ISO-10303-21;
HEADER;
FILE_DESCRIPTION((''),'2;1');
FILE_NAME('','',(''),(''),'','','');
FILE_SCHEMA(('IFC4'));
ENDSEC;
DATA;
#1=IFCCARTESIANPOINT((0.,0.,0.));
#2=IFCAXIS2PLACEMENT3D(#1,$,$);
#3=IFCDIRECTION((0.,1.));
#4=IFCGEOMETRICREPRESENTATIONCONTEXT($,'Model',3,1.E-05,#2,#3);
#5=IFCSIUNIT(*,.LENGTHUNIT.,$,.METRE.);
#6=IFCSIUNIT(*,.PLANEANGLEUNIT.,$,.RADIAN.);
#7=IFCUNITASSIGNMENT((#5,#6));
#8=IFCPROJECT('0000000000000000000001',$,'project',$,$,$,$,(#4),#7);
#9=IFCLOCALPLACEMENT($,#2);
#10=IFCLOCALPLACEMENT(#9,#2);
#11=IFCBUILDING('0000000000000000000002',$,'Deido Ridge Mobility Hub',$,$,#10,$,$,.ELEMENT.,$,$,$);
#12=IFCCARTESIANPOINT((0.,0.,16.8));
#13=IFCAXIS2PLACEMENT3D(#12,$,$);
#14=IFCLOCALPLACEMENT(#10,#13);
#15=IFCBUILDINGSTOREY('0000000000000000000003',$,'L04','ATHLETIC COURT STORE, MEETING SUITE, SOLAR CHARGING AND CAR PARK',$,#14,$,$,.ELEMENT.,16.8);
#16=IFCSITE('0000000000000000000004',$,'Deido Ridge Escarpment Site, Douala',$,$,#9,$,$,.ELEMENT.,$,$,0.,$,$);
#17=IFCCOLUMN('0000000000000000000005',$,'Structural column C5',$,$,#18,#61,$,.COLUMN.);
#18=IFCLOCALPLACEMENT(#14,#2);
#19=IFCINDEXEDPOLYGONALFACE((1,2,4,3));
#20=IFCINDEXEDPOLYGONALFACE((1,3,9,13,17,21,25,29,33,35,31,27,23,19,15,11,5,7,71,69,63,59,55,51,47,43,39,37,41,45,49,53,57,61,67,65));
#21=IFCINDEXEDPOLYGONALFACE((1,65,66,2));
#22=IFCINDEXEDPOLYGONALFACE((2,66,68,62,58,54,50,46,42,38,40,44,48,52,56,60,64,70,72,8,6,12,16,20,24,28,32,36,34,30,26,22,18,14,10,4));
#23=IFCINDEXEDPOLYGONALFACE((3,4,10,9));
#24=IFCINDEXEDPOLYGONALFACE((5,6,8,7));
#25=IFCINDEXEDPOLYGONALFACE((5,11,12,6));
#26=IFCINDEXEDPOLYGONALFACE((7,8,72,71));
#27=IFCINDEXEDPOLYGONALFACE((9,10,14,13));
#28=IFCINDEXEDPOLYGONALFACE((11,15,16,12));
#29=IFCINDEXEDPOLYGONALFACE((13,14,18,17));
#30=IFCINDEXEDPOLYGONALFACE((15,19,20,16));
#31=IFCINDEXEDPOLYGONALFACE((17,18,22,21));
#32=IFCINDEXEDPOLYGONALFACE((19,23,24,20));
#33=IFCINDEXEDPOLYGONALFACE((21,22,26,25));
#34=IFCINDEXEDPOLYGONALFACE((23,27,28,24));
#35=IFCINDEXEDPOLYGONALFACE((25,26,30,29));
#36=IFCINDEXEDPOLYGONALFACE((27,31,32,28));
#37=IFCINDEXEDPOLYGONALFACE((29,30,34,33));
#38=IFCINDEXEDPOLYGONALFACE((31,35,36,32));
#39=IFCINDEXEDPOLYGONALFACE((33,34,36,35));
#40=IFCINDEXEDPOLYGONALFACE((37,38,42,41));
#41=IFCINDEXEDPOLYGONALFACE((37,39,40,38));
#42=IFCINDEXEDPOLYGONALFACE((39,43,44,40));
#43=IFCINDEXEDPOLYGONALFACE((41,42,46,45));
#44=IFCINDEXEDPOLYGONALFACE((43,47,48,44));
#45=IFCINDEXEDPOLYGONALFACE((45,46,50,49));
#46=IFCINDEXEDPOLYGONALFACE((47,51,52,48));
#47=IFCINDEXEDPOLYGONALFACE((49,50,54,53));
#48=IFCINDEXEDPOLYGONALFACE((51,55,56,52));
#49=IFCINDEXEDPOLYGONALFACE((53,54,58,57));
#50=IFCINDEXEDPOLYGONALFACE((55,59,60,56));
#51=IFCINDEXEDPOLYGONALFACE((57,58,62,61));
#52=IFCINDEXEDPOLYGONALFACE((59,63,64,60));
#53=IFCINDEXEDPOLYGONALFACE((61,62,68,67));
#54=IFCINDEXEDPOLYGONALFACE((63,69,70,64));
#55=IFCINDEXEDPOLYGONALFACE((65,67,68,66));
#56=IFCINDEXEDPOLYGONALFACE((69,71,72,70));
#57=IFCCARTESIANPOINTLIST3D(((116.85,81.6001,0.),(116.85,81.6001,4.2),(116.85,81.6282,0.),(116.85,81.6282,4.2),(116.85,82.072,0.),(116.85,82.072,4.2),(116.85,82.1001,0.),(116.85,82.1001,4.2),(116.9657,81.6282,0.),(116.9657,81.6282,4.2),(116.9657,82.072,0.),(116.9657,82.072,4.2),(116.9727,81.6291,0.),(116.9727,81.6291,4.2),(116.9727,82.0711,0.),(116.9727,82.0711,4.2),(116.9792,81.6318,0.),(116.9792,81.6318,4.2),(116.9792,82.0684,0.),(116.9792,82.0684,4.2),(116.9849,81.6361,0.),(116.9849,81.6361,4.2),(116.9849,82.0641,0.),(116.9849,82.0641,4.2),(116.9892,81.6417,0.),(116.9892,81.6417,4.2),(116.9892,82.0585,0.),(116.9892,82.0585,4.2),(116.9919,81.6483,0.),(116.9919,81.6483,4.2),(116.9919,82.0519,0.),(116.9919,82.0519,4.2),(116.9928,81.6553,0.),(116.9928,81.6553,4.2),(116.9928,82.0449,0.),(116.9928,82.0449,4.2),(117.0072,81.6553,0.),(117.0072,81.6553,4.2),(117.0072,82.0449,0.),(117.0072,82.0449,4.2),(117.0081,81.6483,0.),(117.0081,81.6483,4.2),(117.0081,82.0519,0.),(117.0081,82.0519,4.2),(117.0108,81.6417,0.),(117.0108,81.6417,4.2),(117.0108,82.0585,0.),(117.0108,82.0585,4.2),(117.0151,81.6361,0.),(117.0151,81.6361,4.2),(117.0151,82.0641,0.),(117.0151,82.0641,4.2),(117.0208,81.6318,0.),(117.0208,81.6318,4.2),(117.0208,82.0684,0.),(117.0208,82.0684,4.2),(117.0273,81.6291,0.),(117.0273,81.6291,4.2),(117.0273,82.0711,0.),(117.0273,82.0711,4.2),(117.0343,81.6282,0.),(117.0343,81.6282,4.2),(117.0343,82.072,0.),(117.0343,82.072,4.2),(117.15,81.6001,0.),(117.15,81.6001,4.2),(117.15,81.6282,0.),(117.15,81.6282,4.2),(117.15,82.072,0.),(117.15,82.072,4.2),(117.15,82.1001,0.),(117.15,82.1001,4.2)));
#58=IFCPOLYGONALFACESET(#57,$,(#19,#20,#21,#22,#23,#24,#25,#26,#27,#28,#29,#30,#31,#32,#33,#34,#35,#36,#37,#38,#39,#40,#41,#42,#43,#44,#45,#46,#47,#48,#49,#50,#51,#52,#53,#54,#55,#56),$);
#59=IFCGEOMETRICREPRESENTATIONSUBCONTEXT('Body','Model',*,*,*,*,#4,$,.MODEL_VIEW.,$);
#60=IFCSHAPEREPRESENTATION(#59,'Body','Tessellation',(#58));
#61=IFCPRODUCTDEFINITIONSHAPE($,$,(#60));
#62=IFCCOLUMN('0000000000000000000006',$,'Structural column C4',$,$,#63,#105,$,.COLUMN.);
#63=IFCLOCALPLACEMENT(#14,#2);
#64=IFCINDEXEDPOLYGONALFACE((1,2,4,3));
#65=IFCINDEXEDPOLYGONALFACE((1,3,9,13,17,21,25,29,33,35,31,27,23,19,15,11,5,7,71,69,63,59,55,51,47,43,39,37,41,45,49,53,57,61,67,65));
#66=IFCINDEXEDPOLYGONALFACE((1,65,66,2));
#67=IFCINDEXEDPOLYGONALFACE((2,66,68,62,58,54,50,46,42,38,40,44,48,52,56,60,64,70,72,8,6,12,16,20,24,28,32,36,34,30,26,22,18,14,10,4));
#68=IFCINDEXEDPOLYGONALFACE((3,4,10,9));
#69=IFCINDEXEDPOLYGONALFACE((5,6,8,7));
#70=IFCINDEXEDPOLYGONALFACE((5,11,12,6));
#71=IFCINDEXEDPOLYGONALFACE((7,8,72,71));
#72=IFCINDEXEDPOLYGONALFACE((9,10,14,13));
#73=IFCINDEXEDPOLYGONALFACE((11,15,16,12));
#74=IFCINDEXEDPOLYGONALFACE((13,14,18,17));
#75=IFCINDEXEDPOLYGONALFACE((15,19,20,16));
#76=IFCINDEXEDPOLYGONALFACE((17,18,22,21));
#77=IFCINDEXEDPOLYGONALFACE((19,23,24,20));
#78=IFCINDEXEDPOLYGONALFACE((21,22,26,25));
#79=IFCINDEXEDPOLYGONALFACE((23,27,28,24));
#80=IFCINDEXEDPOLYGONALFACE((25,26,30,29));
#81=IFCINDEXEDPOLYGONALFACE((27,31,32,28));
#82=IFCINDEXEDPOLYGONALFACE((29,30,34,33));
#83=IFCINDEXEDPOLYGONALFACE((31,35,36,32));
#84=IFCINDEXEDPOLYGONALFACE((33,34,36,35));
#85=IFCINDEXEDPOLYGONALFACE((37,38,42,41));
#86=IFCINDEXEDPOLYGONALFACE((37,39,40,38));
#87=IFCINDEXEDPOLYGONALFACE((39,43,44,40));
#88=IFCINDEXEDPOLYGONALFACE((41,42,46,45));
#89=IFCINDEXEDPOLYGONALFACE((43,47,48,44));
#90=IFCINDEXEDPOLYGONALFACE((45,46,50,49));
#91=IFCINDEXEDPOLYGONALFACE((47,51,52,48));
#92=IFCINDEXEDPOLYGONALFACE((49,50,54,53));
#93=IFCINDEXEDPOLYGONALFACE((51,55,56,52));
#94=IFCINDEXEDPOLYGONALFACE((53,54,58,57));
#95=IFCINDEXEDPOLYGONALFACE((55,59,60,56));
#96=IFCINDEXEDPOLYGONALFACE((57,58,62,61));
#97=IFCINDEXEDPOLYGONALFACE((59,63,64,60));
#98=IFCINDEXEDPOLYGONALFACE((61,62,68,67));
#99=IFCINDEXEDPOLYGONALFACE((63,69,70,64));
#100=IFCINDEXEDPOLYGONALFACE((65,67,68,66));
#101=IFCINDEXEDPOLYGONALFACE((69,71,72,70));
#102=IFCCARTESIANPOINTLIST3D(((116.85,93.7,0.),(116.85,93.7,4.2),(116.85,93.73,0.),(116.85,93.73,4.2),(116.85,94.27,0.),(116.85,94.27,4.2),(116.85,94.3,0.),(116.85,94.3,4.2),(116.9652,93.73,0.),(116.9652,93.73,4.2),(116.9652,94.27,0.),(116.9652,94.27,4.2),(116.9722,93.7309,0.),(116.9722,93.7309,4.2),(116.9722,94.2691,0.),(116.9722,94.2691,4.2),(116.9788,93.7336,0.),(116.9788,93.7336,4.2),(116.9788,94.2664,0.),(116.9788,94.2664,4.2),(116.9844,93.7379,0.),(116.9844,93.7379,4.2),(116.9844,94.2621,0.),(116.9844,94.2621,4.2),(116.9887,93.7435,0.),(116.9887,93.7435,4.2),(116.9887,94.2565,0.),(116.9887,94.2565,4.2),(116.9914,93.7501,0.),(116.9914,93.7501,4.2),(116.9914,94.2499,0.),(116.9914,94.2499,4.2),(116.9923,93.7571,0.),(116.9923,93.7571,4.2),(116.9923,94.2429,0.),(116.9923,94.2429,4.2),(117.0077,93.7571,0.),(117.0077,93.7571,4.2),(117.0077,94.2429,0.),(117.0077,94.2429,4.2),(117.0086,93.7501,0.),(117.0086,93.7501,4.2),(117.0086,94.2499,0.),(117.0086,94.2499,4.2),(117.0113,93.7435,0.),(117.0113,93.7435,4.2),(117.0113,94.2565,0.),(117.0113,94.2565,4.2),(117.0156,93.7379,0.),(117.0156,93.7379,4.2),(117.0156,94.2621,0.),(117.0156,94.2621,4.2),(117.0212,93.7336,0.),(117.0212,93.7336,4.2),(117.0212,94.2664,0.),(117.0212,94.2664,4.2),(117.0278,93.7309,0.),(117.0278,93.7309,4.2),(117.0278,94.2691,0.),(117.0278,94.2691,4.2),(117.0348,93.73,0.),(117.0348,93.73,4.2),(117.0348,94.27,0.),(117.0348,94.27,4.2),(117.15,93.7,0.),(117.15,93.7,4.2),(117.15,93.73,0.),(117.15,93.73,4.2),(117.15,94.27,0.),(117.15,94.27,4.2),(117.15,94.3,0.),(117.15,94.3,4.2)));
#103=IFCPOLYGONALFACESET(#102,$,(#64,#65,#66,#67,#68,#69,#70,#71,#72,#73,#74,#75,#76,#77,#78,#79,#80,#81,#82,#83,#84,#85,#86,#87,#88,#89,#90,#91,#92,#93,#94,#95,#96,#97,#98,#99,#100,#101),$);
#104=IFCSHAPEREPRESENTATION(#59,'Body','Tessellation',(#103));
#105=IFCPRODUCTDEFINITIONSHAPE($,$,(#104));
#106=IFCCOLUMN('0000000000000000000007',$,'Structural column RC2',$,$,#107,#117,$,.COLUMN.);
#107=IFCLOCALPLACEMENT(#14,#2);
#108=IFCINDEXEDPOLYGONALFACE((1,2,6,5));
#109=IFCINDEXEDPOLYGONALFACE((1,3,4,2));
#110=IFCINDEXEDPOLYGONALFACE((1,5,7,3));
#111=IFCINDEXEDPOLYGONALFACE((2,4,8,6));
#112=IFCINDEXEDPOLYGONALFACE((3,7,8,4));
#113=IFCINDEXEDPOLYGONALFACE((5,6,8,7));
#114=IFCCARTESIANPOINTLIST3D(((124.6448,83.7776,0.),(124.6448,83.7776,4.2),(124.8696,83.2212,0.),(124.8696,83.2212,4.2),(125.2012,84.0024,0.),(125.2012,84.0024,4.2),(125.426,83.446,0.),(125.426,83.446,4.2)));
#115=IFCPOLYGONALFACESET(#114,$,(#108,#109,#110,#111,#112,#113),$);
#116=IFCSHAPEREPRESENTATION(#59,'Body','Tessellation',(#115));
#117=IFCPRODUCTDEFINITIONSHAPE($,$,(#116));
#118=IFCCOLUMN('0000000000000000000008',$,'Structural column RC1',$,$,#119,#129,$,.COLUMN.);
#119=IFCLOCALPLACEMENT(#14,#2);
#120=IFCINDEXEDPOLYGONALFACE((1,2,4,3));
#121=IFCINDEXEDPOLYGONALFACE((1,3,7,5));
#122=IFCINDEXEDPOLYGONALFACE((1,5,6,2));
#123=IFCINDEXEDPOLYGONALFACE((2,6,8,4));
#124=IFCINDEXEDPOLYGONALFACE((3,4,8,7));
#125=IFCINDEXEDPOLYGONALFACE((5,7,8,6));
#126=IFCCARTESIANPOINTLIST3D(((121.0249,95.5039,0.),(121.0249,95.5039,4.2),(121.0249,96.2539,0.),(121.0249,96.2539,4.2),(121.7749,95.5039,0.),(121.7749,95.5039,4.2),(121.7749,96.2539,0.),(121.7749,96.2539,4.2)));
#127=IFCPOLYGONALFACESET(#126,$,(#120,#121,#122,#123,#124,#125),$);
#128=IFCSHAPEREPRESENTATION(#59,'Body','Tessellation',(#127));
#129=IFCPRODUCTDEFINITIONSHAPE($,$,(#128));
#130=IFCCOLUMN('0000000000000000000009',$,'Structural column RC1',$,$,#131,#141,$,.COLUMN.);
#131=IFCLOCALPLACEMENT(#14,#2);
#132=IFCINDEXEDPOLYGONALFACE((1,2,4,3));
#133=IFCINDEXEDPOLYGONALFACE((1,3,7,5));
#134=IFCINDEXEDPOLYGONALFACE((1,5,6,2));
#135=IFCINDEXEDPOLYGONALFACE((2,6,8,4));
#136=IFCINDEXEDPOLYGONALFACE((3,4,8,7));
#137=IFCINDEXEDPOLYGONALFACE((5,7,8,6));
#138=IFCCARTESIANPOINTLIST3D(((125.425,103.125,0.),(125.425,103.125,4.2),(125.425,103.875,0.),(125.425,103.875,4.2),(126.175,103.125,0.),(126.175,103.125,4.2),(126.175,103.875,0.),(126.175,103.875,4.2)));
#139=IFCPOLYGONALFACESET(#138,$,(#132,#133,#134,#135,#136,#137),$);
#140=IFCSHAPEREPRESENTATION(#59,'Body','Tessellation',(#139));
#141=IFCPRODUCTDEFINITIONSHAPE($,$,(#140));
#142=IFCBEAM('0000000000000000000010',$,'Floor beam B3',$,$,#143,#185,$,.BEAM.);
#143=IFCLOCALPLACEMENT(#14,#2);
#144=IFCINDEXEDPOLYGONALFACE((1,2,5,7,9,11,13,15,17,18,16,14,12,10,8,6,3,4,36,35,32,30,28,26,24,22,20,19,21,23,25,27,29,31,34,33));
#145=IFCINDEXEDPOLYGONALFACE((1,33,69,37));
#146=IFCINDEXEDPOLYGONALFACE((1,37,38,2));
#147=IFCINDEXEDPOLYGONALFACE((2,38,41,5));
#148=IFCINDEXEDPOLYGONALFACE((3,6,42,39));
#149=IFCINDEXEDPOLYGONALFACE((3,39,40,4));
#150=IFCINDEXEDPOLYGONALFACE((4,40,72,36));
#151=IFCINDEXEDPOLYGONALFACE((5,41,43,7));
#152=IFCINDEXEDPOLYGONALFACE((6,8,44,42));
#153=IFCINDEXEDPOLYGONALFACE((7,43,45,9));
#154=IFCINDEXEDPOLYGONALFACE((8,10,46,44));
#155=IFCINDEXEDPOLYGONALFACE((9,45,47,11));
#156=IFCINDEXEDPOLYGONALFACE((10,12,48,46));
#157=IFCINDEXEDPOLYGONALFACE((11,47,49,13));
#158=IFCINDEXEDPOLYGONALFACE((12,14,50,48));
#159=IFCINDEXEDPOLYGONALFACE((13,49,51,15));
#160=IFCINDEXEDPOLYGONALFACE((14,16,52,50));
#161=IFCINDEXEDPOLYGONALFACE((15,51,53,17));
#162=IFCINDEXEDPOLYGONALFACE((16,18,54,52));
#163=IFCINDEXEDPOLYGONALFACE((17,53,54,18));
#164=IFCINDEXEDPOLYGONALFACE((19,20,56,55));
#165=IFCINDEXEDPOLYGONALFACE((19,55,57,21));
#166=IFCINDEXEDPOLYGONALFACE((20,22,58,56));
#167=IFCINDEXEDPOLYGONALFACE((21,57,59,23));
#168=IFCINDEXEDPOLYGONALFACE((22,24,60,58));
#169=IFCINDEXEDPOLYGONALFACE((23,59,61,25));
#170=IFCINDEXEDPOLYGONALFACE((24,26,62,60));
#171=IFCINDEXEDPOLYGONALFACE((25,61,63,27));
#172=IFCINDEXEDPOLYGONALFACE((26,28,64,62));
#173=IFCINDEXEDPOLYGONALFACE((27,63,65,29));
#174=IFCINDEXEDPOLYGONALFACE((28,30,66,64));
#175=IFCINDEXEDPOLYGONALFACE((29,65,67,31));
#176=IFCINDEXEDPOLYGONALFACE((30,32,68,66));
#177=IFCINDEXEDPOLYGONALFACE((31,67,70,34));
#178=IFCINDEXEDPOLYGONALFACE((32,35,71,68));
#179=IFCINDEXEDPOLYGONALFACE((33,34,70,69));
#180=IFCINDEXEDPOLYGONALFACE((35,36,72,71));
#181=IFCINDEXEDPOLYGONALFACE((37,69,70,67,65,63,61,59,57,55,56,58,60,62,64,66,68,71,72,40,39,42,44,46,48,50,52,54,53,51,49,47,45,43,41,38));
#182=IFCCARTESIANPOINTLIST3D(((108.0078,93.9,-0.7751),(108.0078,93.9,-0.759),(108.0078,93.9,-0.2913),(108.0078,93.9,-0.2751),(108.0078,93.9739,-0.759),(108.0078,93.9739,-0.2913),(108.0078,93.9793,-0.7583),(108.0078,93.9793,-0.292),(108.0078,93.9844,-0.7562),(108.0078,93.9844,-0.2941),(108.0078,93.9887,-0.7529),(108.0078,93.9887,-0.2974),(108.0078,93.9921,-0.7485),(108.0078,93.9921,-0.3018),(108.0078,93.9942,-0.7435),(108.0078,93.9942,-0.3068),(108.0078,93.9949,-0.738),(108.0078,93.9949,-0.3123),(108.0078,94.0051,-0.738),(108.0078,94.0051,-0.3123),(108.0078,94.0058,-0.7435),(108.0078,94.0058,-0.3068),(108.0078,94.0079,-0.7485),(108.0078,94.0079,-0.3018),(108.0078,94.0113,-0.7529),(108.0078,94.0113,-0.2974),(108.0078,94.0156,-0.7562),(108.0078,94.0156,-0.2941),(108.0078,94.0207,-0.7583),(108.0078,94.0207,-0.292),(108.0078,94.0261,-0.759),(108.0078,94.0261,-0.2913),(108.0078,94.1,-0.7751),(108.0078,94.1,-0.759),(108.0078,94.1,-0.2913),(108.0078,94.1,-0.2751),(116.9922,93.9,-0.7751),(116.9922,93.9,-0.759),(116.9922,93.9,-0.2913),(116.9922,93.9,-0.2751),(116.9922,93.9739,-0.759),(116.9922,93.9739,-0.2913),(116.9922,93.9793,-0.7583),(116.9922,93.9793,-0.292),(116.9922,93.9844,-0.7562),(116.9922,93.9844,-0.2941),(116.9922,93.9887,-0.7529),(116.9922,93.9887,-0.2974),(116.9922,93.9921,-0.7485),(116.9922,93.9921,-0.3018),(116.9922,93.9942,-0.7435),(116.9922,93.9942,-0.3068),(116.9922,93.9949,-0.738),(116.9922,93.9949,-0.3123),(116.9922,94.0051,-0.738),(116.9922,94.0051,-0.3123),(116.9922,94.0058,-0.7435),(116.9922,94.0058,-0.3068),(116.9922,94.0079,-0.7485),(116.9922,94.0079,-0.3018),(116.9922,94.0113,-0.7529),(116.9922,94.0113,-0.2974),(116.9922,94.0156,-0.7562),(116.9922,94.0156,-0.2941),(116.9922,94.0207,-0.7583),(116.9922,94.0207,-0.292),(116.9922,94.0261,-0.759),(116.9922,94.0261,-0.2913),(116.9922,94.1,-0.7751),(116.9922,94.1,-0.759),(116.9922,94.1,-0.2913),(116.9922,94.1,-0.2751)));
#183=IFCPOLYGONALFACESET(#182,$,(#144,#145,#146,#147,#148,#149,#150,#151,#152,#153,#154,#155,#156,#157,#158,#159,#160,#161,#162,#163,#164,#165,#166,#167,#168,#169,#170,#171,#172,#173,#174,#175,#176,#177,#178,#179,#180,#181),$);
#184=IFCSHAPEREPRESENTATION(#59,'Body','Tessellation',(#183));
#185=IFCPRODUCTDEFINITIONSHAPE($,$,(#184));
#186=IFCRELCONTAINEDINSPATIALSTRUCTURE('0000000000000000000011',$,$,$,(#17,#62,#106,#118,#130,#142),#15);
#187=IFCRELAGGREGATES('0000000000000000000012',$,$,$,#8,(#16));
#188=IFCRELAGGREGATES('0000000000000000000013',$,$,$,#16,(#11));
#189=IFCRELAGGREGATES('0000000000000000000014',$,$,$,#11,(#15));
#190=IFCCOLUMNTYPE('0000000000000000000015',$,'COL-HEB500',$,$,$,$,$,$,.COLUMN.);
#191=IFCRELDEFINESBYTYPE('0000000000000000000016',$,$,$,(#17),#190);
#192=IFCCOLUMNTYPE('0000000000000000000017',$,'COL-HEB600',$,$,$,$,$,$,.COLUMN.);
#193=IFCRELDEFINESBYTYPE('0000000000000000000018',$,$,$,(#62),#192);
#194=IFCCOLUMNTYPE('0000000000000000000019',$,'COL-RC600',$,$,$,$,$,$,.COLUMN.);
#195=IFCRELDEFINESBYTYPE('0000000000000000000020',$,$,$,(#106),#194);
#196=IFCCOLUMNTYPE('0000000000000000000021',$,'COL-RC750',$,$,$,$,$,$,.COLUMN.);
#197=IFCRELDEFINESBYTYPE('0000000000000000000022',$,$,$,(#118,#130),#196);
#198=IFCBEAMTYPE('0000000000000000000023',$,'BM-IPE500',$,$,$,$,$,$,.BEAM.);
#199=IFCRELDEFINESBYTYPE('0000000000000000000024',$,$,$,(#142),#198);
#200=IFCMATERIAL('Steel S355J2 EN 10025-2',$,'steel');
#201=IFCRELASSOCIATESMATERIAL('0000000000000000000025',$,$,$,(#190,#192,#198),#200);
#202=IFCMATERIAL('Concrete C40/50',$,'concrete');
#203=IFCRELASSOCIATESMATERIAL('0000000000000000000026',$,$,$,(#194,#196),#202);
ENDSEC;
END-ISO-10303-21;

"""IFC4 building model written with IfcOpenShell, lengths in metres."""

from ifc_helpers import new_model, si_unit, direction, frame, origin, origin_2d, place, context, subcontext, project, spatial, rectangle, i_section, extrude, material, material_profile, profile_set, type_object, element, save


model = new_model("IFC4")

# Units and contexts
model_context = context("Model", 3, precision=1e-05, world=origin(), true_north=direction((0.0, 1.0)))
body_context = subcontext(model_context, "Body", "Model", "MODEL_VIEW")
ifc_project = project(units=[si_unit("LENGTHUNIT", "METRE"), si_unit("PLANEANGLEUNIT", "RADIAN")], contexts=[model_context])

# Site, building, storey
site_placement = place(None, origin())
site = spatial("IfcSite", under=ifc_project, at=site_placement, Name="Deido Ridge Escarpment Site, Douala", CompositionType="ELEMENT", RefElevation=0.0)
building_placement = place(site_placement, origin())
building = spatial("IfcBuilding", under=site, at=building_placement, Name="Deido Ridge Mobility Hub", CompositionType="ELEMENT")
storey_placement = place(building_placement, frame((0.0, 0.0, 16.8)))
storey = spatial("IfcBuildingStorey", under=building, at=storey_placement, Name="L04", Description="ATHLETIC COURT STORE, MEETING SUITE, SOLAR CHARGING AND CAR PARK", CompositionType="ELEMENT", Elevation=16.8)

# Columns
ifc_material_1 = material(Name="Steel S355J2 EN 10025-2", Category="steel")
ifc_material_profile_1 = material_profile(ifc_material_1, i_section(OverallWidth=0.3, OverallDepth=0.5, WebThickness=0.0144, FlangeThickness=0.0281, FilletRadius=0.0271, at=origin_2d()), Name="HEB 500")
ifc_profile_set_1 = profile_set([ifc_material_profile_1], Name="Steel S355J2 EN 10025-2")
column_type_1 = type_object("IfcColumnType", Name="COL-HEB500", PredefinedType="COLUMN", material=ifc_profile_set_1)
column_1_placement = place(storey_placement, frame((117.0, 81.8501, 0.0), z_axis=(0.0, 0.0, 1.0), x_axis=(1.0, 0.0, 0.0)))
element("IfcColumn", 1, at=column_1_placement, inside=storey, type_object=column_type_1, Name="Structural column C5", PredefinedType="COLUMN", context=body_context, shape_type="SweptSolid", body=[
    extrude(i_section(OverallWidth=0.3, OverallDepth=0.5, WebThickness=0.0144, FlangeThickness=0.0281, FilletRadius=0.0271, at=origin_2d()), origin(), (0.0, 0.0, 1.0), 4.2),
])
ifc_material_profile_2 = material_profile(ifc_material_1, i_section(OverallWidth=0.3, OverallDepth=0.6001, WebThickness=0.0154, FlangeThickness=0.03, FilletRadius=0.0271, at=origin_2d()), Name="HEB 600")
ifc_profile_set_2 = profile_set([ifc_material_profile_2], Name="Steel S355J2 EN 10025-2")
column_type_2 = type_object("IfcColumnType", Name="COL-HEB600", PredefinedType="COLUMN", material=ifc_profile_set_2)
column_2_placement = place(storey_placement, frame((117.0, 94.0, 0.0), z_axis=(0.0, 0.0, 1.0), x_axis=(1.0, 0.0, 0.0)))
element("IfcColumn", 2, at=column_2_placement, inside=storey, type_object=column_type_2, Name="Structural column C4", PredefinedType="COLUMN", context=body_context, shape_type="SweptSolid", body=[
    extrude(i_section(OverallWidth=0.3, OverallDepth=0.6001, WebThickness=0.0154, FlangeThickness=0.03, FilletRadius=0.0271, at=origin_2d()), origin(), (0.0, 0.0, 1.0), 4.2),
])
ifc_material_2 = material(Name="Concrete C40/50", Category="concrete")
ifc_material_profile_3 = material_profile(ifc_material_2, rectangle(XDim=0.6001, YDim=0.6001, at=origin_2d()), Name="RC COL 600x600")
ifc_profile_set_3 = profile_set([ifc_material_profile_3], Name="Concrete C40/50")
column_type_3 = type_object("IfcColumnType", Name="COL-RC600", PredefinedType="COLUMN", material=ifc_profile_set_3)
column_3_placement = place(storey_placement, frame((125.0354, 83.6118, 0.0), z_axis=(0.0, 0.0, 1.0), x_axis=(0.374607, -0.927184, 0.0)))
element("IfcColumn", 3, at=column_3_placement, inside=storey, type_object=column_type_3, Name="Structural column RC2", PredefinedType="COLUMN", context=body_context, shape_type="SweptSolid", body=[
    extrude(rectangle(XDim=0.6001, YDim=0.6001, at=origin_2d()), origin(), (0.0, 0.0, 1.0), 4.2),
])
ifc_material_profile_4 = material_profile(ifc_material_2, rectangle(XDim=0.75, YDim=0.75, at=origin_2d()), Name="RC COL 750x750")
ifc_profile_set_4 = profile_set([ifc_material_profile_4], Name="Concrete C40/50")
column_type_4 = type_object("IfcColumnType", Name="COL-RC750", PredefinedType="COLUMN", material=ifc_profile_set_4)
for number, where, z_axis, x_axis, name in (
    (4, (121.3999, 95.8789, 0.0), (0.0, 0.0, 1.0), (1.0, 0.0, 0.0), "Structural column RC1"),
    (5, (125.8, 103.5, 0.0), (0.0, 0.0, 1.0), (1.0, 0.0, 0.0), "Structural column RC1"),
):
    element("IfcColumn", number, at=place(storey_placement, frame(where, z_axis=z_axis, x_axis=x_axis)), inside=storey, type_object=column_type_4, Name=name, PredefinedType="COLUMN", context=body_context, shape_type="SweptSolid", body=[
        extrude(rectangle(XDim=0.75, YDim=0.75, at=origin_2d()), origin(), (0.0, 0.0, 1.0), 4.2),
    ])

# Beam
ifc_material_profile_5 = material_profile(ifc_material_1, i_section(OverallWidth=0.2, OverallDepth=0.5, WebThickness=0.0103, FlangeThickness=0.0161, FilletRadius=0.021, at=origin_2d()), Name="IPE 500")
ifc_profile_set_5 = profile_set([ifc_material_profile_5], Name="Steel S355J2 EN 10025-2")
beam_type_1 = type_object("IfcBeamType", Name="BM-IPE500", PredefinedType="BEAM", material=ifc_profile_set_5)
beam_1_placement = place(storey_placement, frame((108.0078, 94.0, -0.5251), z_axis=(1.0, 0.0, 0.0), x_axis=(0.0, 1.0, 0.0)))
element("IfcBeam", 6, at=beam_1_placement, inside=storey, type_object=beam_type_1, Name="Floor beam B3", PredefinedType="BEAM", context=body_context, shape_type="SweptSolid", body=[
    extrude(i_section(OverallWidth=0.2, OverallDepth=0.5, WebThickness=0.0103, FlangeThickness=0.0161, FilletRadius=0.021, at=origin_2d()), origin(), (0.0, 0.0, 1.0), 8.9844),
])

save(model, "model.ifc")
